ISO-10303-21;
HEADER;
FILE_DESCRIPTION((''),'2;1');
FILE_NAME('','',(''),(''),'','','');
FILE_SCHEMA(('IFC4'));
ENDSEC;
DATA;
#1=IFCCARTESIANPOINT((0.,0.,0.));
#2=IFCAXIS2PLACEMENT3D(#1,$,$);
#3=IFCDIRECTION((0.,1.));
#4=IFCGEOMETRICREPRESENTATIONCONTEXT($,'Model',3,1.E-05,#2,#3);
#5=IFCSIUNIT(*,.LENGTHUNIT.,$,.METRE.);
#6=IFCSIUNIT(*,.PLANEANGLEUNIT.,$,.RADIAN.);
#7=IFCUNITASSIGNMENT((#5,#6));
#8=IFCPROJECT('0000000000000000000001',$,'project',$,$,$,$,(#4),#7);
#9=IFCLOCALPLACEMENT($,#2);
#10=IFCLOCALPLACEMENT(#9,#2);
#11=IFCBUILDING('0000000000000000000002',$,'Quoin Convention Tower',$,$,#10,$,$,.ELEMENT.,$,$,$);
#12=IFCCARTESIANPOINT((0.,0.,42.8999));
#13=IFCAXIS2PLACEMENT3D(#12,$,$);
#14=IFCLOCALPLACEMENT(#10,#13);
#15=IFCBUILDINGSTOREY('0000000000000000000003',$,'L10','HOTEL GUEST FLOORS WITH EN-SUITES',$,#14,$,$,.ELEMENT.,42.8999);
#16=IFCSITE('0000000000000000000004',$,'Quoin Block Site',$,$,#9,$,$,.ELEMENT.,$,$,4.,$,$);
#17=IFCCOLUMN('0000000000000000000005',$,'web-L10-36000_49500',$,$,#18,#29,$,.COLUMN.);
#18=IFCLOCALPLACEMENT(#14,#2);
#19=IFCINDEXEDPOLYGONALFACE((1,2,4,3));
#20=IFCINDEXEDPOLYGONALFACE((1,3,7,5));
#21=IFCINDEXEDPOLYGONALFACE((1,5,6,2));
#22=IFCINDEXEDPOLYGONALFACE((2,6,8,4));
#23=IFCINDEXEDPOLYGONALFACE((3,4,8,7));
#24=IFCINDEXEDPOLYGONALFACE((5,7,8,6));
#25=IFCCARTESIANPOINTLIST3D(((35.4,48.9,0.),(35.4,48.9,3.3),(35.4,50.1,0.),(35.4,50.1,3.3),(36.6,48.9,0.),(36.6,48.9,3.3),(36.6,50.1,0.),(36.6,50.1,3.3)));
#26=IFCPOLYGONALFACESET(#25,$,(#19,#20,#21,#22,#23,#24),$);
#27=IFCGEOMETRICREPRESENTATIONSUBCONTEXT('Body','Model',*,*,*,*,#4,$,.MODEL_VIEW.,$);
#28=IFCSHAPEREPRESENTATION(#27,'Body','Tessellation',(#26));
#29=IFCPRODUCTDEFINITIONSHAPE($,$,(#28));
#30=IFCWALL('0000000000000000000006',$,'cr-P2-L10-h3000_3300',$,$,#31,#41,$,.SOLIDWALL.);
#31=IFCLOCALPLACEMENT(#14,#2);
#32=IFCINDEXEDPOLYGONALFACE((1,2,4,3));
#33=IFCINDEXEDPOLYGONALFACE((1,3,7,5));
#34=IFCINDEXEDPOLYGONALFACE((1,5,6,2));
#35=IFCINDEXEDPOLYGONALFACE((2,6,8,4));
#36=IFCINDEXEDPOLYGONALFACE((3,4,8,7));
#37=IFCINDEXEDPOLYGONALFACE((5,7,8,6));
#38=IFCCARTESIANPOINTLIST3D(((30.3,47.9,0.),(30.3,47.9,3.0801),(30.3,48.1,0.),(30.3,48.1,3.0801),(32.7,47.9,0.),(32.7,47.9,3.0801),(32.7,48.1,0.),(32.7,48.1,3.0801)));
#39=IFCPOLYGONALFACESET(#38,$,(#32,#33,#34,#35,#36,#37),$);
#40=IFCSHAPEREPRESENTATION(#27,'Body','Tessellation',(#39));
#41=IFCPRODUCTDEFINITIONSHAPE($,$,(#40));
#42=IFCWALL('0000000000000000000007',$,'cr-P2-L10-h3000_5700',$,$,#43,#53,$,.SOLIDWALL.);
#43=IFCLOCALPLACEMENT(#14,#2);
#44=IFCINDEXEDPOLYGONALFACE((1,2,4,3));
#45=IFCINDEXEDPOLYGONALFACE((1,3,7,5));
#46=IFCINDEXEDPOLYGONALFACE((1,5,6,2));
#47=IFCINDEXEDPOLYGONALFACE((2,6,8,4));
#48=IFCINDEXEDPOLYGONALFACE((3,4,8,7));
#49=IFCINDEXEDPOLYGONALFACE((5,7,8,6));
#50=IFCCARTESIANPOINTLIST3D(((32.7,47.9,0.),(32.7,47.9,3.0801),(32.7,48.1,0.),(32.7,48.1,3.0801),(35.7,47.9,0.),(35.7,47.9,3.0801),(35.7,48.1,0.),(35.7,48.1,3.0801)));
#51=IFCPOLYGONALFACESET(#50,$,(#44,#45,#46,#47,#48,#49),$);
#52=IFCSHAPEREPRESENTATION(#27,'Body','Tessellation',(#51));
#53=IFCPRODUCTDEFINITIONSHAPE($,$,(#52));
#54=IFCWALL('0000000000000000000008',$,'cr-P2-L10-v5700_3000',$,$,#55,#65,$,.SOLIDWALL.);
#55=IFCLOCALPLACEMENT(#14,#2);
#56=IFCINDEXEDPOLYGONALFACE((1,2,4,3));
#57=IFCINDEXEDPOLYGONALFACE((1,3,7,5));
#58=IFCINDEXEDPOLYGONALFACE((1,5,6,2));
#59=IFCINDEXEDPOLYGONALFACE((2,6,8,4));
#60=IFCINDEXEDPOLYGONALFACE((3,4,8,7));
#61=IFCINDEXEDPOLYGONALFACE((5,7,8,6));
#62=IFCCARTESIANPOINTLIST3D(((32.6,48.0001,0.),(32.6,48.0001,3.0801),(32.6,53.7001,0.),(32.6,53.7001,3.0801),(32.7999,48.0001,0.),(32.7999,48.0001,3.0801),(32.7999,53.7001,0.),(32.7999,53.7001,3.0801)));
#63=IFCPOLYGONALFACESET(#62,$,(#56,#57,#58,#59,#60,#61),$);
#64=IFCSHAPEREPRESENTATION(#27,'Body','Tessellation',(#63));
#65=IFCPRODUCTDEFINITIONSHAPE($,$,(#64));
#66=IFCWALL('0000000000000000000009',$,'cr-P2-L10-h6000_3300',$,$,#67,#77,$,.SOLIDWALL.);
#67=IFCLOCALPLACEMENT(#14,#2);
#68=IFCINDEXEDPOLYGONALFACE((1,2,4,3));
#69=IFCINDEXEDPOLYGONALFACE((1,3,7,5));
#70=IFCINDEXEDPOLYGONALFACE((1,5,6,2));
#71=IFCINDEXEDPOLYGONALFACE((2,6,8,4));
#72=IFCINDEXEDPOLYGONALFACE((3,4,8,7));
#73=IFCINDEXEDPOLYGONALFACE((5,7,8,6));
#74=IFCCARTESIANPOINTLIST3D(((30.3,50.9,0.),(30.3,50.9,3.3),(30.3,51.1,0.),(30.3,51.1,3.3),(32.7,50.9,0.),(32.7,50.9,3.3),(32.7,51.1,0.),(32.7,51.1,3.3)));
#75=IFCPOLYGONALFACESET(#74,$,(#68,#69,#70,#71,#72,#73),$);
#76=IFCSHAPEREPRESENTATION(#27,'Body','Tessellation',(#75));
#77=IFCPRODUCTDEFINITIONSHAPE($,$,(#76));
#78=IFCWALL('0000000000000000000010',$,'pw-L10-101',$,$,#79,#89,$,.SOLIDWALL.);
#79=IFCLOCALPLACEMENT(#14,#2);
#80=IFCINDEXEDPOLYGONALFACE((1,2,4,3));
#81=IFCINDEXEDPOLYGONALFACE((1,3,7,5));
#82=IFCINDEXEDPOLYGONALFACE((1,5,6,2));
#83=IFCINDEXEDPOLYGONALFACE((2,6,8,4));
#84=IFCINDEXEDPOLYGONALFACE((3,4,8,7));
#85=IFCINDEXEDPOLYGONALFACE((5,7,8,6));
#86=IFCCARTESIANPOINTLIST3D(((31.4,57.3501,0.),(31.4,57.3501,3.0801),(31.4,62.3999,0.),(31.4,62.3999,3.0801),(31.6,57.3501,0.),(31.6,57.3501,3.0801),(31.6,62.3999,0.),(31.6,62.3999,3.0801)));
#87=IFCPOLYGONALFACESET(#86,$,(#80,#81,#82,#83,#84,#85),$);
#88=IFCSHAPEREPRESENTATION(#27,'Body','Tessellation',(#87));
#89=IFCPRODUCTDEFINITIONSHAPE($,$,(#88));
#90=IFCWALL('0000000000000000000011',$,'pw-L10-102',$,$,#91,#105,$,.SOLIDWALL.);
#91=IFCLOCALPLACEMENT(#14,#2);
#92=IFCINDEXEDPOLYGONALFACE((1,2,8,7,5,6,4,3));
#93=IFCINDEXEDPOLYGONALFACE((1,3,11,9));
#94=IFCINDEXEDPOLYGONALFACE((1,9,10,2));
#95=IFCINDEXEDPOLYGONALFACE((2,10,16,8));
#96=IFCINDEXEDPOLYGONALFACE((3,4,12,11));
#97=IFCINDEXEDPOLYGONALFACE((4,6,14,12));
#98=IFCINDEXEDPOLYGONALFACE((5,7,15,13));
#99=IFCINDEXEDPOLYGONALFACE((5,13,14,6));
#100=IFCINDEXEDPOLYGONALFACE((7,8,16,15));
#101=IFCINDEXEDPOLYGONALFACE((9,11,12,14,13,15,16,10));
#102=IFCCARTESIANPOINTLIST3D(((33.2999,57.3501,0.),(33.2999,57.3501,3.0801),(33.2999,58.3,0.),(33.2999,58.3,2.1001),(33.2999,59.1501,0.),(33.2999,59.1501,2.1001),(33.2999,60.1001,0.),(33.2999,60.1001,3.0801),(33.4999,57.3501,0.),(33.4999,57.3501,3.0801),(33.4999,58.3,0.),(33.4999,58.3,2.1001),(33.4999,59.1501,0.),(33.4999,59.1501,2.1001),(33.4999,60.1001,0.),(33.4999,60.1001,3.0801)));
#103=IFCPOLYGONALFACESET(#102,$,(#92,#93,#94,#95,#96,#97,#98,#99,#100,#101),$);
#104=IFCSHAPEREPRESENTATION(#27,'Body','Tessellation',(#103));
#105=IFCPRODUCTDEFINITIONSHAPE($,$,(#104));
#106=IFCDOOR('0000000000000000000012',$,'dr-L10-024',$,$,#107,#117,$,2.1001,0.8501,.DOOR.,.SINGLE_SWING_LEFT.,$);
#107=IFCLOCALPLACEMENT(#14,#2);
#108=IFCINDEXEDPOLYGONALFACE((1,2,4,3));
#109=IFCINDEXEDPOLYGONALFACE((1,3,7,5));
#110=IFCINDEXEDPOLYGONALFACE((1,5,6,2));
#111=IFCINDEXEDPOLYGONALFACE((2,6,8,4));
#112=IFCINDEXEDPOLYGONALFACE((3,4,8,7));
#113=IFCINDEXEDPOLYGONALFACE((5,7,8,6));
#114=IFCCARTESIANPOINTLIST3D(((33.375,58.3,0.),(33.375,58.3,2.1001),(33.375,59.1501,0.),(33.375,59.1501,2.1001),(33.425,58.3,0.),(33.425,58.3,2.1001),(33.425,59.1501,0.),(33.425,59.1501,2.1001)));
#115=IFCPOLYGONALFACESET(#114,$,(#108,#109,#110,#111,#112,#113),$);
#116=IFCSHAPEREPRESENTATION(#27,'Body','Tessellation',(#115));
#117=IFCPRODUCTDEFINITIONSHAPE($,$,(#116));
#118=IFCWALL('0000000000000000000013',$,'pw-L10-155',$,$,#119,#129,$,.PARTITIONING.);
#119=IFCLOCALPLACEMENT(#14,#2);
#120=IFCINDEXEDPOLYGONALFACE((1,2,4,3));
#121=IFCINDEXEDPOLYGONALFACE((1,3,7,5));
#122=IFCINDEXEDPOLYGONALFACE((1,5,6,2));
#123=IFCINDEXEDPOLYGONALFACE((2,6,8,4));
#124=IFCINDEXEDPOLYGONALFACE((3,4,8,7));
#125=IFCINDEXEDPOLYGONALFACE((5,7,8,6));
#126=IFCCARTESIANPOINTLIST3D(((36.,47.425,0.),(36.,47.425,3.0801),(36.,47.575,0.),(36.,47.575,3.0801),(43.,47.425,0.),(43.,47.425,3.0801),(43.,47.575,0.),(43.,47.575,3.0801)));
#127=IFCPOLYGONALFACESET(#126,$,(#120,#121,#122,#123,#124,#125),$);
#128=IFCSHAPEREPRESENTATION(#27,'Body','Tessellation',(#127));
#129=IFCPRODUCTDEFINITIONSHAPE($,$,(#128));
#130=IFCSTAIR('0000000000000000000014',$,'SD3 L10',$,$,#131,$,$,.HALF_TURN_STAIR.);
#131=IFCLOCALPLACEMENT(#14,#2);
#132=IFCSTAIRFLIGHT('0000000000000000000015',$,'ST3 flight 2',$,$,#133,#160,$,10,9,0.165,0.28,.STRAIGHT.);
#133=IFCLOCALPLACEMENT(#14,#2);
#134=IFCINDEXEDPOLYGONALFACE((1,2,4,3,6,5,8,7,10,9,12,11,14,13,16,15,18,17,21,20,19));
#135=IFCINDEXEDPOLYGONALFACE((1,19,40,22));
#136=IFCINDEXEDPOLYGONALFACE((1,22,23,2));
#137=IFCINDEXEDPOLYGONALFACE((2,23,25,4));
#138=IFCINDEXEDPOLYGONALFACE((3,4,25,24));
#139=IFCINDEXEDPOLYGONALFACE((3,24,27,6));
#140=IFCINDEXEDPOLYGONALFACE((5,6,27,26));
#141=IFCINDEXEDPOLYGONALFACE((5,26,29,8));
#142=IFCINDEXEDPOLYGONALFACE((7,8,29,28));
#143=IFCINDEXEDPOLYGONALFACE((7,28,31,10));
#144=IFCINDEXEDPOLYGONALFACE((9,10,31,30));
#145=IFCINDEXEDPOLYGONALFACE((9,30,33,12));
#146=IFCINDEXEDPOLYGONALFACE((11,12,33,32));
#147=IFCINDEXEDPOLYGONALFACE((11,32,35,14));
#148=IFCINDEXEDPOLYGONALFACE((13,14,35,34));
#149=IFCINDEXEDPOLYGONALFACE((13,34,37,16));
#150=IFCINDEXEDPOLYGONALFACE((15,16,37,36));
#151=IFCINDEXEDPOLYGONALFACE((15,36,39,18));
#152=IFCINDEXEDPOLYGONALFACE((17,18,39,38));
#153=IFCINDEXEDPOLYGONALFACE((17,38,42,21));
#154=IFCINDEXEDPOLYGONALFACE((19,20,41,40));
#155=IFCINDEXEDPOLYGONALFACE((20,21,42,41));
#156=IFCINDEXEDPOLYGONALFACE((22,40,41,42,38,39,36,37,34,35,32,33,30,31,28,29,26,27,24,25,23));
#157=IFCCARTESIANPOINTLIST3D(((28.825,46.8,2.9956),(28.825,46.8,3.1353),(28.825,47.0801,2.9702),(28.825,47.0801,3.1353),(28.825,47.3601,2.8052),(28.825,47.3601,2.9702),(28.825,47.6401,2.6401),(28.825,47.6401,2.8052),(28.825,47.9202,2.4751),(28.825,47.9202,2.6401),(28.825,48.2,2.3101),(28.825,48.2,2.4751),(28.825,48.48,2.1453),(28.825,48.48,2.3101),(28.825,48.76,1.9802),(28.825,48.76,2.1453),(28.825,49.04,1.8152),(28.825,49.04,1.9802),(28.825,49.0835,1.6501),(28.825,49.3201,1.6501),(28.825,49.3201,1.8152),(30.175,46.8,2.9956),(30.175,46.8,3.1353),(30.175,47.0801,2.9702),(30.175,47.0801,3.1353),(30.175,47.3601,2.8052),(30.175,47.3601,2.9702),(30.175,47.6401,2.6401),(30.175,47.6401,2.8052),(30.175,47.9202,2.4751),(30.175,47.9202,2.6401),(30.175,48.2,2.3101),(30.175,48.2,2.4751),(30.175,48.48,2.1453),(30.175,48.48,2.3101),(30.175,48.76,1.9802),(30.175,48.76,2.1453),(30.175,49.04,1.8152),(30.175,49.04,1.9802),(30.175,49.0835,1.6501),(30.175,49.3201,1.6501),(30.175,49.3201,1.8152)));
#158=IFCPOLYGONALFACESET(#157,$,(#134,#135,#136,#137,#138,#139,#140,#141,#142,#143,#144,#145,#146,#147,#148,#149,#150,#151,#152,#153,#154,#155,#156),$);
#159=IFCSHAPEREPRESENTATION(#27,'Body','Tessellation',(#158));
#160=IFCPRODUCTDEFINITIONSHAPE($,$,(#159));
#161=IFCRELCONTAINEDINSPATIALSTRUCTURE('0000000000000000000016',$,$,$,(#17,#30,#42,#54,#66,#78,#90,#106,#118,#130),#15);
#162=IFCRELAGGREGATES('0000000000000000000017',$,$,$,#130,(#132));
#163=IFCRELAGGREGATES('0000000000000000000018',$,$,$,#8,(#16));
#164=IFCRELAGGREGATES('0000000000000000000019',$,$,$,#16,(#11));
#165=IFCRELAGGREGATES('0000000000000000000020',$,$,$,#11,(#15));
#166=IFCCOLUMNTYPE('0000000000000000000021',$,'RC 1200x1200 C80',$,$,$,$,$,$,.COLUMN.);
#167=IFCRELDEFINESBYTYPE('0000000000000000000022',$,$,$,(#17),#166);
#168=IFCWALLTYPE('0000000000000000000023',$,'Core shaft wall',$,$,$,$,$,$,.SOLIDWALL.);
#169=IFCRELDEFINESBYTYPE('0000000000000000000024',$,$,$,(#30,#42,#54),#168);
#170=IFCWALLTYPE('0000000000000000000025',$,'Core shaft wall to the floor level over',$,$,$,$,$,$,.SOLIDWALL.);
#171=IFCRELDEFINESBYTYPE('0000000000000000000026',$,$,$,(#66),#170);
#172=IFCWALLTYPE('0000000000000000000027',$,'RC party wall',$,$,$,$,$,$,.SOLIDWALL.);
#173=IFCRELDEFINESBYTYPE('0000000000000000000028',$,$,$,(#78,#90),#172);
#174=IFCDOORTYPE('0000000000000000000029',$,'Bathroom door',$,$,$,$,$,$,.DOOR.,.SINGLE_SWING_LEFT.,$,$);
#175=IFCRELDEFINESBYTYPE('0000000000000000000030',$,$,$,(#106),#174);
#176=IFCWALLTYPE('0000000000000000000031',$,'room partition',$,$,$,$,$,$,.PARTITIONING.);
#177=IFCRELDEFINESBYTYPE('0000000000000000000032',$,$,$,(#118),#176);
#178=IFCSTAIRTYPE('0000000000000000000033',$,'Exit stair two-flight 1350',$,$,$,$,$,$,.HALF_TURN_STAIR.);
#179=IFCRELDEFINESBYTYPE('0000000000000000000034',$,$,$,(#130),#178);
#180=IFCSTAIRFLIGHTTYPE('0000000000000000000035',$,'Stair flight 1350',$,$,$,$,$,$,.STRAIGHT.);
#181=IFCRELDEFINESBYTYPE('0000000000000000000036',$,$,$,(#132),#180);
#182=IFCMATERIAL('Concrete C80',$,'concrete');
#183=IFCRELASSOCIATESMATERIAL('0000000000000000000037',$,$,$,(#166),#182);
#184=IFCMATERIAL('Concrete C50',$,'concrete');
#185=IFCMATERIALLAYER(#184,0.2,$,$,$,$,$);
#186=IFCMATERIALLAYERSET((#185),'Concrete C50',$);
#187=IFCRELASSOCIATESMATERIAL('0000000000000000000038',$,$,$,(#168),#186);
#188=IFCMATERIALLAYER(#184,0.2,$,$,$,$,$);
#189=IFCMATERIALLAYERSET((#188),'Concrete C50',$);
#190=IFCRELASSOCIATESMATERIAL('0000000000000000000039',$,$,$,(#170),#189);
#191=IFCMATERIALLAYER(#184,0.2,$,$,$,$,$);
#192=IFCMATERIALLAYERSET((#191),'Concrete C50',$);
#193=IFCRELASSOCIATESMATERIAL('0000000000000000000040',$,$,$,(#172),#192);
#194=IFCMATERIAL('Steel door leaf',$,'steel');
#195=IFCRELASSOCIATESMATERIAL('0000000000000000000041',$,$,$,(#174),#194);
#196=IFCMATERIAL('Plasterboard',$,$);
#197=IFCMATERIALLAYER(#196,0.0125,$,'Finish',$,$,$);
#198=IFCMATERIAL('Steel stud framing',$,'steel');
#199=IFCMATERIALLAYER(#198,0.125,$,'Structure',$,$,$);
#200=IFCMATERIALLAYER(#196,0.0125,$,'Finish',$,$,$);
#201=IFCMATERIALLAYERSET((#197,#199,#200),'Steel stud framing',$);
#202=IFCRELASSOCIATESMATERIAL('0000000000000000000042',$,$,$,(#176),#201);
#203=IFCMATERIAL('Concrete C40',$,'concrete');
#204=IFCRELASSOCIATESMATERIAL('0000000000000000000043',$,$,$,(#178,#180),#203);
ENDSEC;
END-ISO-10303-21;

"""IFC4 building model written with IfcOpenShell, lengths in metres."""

from ifc_helpers import new_model, si_unit, direction, frame, frame_2d, origin, origin_2d, place, context, subcontext, project, spatial, polyline, rectangle, outline, extrude, material, layer, layer_set, material_profile, profile_set, type_object, element, fill, aggregate, save


model = new_model("IFC4")

# Units and contexts
model_context = context("Model", 3, precision=1e-05, world=origin(), true_north=direction((0.0, 1.0)))
body_context = subcontext(model_context, "Body", "Model", "MODEL_VIEW")
ifc_project = project(units=[si_unit("LENGTHUNIT", "METRE"), si_unit("PLANEANGLEUNIT", "RADIAN")], contexts=[model_context])

# Site, building, storey
site_placement = place(None, origin())
site = spatial("IfcSite", under=ifc_project, at=site_placement, Name="Quoin Block Site", CompositionType="ELEMENT", RefElevation=4.0)
building_placement = place(site_placement, origin())
building = spatial("IfcBuilding", under=site, at=building_placement, Name="Quoin Convention Tower", CompositionType="ELEMENT")
storey_placement = place(building_placement, frame((0.0, 0.0, 42.8999)))
storey = spatial("IfcBuildingStorey", under=building, at=storey_placement, Name="L10", Description="HOTEL GUEST FLOORS WITH EN-SUITES", CompositionType="ELEMENT", Elevation=42.8999)

# Column
ifc_material_1 = material(Name="Concrete C80", Category="concrete")
ifc_material_profile = material_profile(ifc_material_1, rectangle(XDim=1.2, YDim=1.2, at=origin_2d()), Name="RC 1200x1200")
ifc_profile_set = profile_set([ifc_material_profile], Name="Concrete C80")
column_type = type_object("IfcColumnType", Name="RC 1200x1200 C80", PredefinedType="COLUMN", material=ifc_profile_set)
column_placement = place(storey_placement, frame((36.0, 49.5, 0.0), z_axis=(0.0, 0.0, 1.0), x_axis=(1.0, 0.0, 0.0)))
element("IfcColumn", 1, at=column_placement, inside=storey, type_object=column_type, Name="web-L10-36000_49500", PredefinedType="COLUMN", context=body_context, shape_type="SweptSolid", body=[
    extrude(rectangle(XDim=1.2, YDim=1.2, at=origin_2d()), origin(), (0.0, 0.0, 1.0), 3.3),
])

# Walls
ifc_material_2 = material(Name="Concrete C50", Category="concrete")
ifc_layer_1 = layer(ifc_material_2, 0.2)
ifc_layer_set_1 = layer_set([ifc_layer_1], Name="Concrete C50")
wall_type_1 = type_object("IfcWallType", Name="Core shaft wall", PredefinedType="SOLIDWALL", material=ifc_layer_set_1)
wall_1_placement = place(storey_placement, frame((30.3, 48.0, 0.0), z_axis=(0.0, 0.0, 1.0), x_axis=(1.0, 0.0, 0.0)))
element("IfcWall", 2, at=wall_1_placement, inside=storey, type_object=wall_type_1, Name="cr-P2-L10-h3000_3300", PredefinedType="SOLIDWALL", context=body_context, shape_type="SweptSolid", body=[
    extrude(rectangle(XDim=2.3999, YDim=0.2, at=frame_2d((1.2, 0.0))), origin(), (0.0, 0.0, 1.0), 3.0801),
])
wall_2_placement = place(storey_placement, frame((32.7, 48.0, 0.0), z_axis=(0.0, 0.0, 1.0), x_axis=(1.0, 0.0, 0.0)))
element("IfcWall", 3, at=wall_2_placement, inside=storey, type_object=wall_type_1, Name="cr-P2-L10-h3000_5700", PredefinedType="SOLIDWALL", context=body_context, shape_type="SweptSolid", body=[
    extrude(rectangle(XDim=3.0, YDim=0.2, at=frame_2d((1.5, 0.0))), origin(), (0.0, 0.0, 1.0), 3.0801),
])
wall_3_placement = place(storey_placement, frame((32.7, 48.0, 0.0), z_axis=(0.0, 0.0, 1.0), x_axis=(0.0, 1.0, 0.0)))
element("IfcWall", 4, at=wall_3_placement, inside=storey, type_object=wall_type_1, Name="cr-P2-L10-v5700_3000", PredefinedType="SOLIDWALL", context=body_context, shape_type="SweptSolid", body=[
    extrude(rectangle(XDim=5.7, YDim=0.2, at=frame_2d((2.8501, 0.0))), origin(), (0.0, 0.0, 1.0), 3.0801),
])
ifc_layer_2 = layer(ifc_material_2, 0.2)
ifc_layer_set_2 = layer_set([ifc_layer_2], Name="Concrete C50")
wall_type_2 = type_object("IfcWallType", Name="Core shaft wall to the floor level over", PredefinedType="SOLIDWALL", material=ifc_layer_set_2)
wall_4_placement = place(storey_placement, frame((30.3, 51.0, 0.0), z_axis=(0.0, 0.0, 1.0), x_axis=(1.0, 0.0, 0.0)))
element("IfcWall", 5, at=wall_4_placement, inside=storey, type_object=wall_type_2, Name="cr-P2-L10-h6000_3300", PredefinedType="SOLIDWALL", context=body_context, shape_type="SweptSolid", body=[
    extrude(rectangle(XDim=2.3999, YDim=0.2, at=frame_2d((1.2, 0.0))), origin(), (0.0, 0.0, 1.0), 3.3),
])
ifc_layer_3 = layer(ifc_material_2, 0.2)
ifc_layer_set_3 = layer_set([ifc_layer_3], Name="Concrete C50")
wall_type_3 = type_object("IfcWallType", Name="RC party wall", PredefinedType="SOLIDWALL", material=ifc_layer_set_3)
wall_5_placement = place(storey_placement, frame((31.5, 57.3501, 0.0), z_axis=(0.0, 0.0, 1.0), x_axis=(0.0, 1.0, 0.0)))
element("IfcWall", 6, at=wall_5_placement, inside=storey, type_object=wall_type_3, Name="pw-L10-101", PredefinedType="SOLIDWALL", context=body_context, shape_type="SweptSolid", body=[
    extrude(rectangle(XDim=5.0498, YDim=0.2, at=frame_2d((2.5249, 0.0))), origin(), (0.0, 0.0, 1.0), 3.0801),
])

# Wall, opening, door
wall_6_placement = place(storey_placement, frame((33.3999, 57.3501, 0.0), z_axis=(0.0, 0.0, 1.0), x_axis=(0.0, 1.0, 0.0)))
wall_6 = element("IfcWall", 7, at=wall_6_placement, inside=storey, type_object=wall_type_3, Name="pw-L10-102", PredefinedType="SOLIDWALL", context=body_context, shape_type="SweptSolid", body=[
    extrude(rectangle(XDim=2.75, YDim=0.2, at=frame_2d((1.375, 0.0))), origin(), (0.0, 0.0, 1.0), 3.0801),
])
opening_placement = place(wall_6_placement, frame((0.95, 0.0, 0.0)))
opening = element("IfcOpeningElement", 8, at=opening_placement, cuts=wall_6, PredefinedType="OPENING", context=body_context, shape_type="SweptSolid", body=[
    extrude(rectangle(XDim=0.8501, YDim=2.1001, at=frame_2d((0.425, 1.05))), frame((0.0, 0.1099, 0.0), z_axis=(0.0, -1.0, 0.0), x_axis=(1.0, 0.0, 0.0)), (0.0, 0.0, 1.0), 0.22),
])
ifc_material_3 = material(Name="Steel door leaf", Category="steel")
door_type = type_object("IfcDoorType", Name="Bathroom door", OperationType="SINGLE_SWING_LEFT", PredefinedType="DOOR", material=ifc_material_3)
door_placement = place(opening_placement, origin())
door = element("IfcDoor", 9, at=door_placement, inside=storey, type_object=door_type, Name="dr-L10-024", OperationType="SINGLE_SWING_LEFT", OverallHeight=2.1001, OverallWidth=0.8501, PredefinedType="DOOR", context=body_context, shape_type="SweptSolid", body=[
    extrude(rectangle(XDim=0.8501, YDim=2.1001, at=frame_2d((0.425, 1.05))), frame((0.0, 0.0249, 0.0), z_axis=(0.0, -1.0, 0.0), x_axis=(1.0, 0.0, 0.0)), (0.0, 0.0, 1.0), 0.05),
])
fill(opening, door)

# Wall
ifc_material_4 = material(Name="Plasterboard")
ifc_layer_4 = layer(ifc_material_4, 0.0125, Name="Finish")
ifc_material_5 = material(Name="Steel stud framing", Category="steel")
ifc_layer_5 = layer(ifc_material_5, 0.125, Name="Structure")
ifc_layer_6 = layer(ifc_material_4, 0.0125, Name="Finish")
ifc_layer_set_4 = layer_set([ifc_layer_4, ifc_layer_5, ifc_layer_6], Name="Steel stud framing")
wall_type_4 = type_object("IfcWallType", Name="room partition", PredefinedType="PARTITIONING", material=ifc_layer_set_4)
wall_7_placement = place(storey_placement, frame((36.0, 47.5, 0.0), z_axis=(0.0, 0.0, 1.0), x_axis=(1.0, 0.0, 0.0)))
element("IfcWall", 10, at=wall_7_placement, inside=storey, type_object=wall_type_4, Name="pw-L10-155", PredefinedType="PARTITIONING", context=body_context, shape_type="SweptSolid", body=[
    extrude(rectangle(XDim=7.0, YDim=0.1499, at=frame_2d((3.5, 0.0))), origin(), (0.0, 0.0, 1.0), 3.0801),
])

# Stair, stair flight
ifc_material_6 = material(Name="Concrete C40", Category="concrete")
stair_type = type_object("IfcStairType", Name="Exit stair two-flight 1350", PredefinedType="HALF_TURN_STAIR", material=ifc_material_6)
stair_1_placement = place(storey_placement, origin())
stair_1 = element("IfcStair", 11, at=stair_1_placement, inside=storey, type_object=stair_type, Name="SD3 L10", PredefinedType="HALF_TURN_STAIR")
stair_flight_type = type_object("IfcStairFlightType", Name="Stair flight 1350", PredefinedType="STRAIGHT", material=ifc_material_6)
stair_flight_1_placement = place(storey_placement, frame((29.5, 49.3201, 1.6501), z_axis=(0.0, 0.0, 1.0), x_axis=(0.0, -1.0, 0.0)))
stair_flight_1 = element("IfcStairFlight", 12, at=stair_flight_1_placement, type_object=stair_flight_type, Name="ST3 flight 2", NumberOfRisers=10, NumberOfTreads=9, PredefinedType="STRAIGHT", RiserHeight=0.165, TreadLength=0.28, context=body_context, shape_type="SweptSolid", body=[
    extrude(outline(polyline([(0.0, 0.0), (0.0, 0.165), (0.28, 0.165), (0.28, 0.3301), (0.5601, 0.3301), (0.5601, 0.4951), (0.8401, 0.4951), (0.8401, 0.6599), (1.1201, 0.6599), (1.1201, 0.825), (1.3999, 0.825), (1.3999, 0.99), (1.6799, 0.99), (1.6799, 1.155), (1.96, 1.155), (1.96, 1.3201), (2.24, 1.3201), (2.24, 1.4851), (2.52, 1.4851), (2.52, 1.6499), (2.52, 1.3455), (0.2366, 0.0), (0.0, 0.0)])), frame((0.0, 0.675, 0.0), z_axis=(0.0, -1.0, 0.0), x_axis=(1.0, 0.0, 0.0)), (0.0, 0.0, 1.0), 1.3501),
])
aggregate(stair_1, [stair_flight_1])

save(model, "model.ifc")
